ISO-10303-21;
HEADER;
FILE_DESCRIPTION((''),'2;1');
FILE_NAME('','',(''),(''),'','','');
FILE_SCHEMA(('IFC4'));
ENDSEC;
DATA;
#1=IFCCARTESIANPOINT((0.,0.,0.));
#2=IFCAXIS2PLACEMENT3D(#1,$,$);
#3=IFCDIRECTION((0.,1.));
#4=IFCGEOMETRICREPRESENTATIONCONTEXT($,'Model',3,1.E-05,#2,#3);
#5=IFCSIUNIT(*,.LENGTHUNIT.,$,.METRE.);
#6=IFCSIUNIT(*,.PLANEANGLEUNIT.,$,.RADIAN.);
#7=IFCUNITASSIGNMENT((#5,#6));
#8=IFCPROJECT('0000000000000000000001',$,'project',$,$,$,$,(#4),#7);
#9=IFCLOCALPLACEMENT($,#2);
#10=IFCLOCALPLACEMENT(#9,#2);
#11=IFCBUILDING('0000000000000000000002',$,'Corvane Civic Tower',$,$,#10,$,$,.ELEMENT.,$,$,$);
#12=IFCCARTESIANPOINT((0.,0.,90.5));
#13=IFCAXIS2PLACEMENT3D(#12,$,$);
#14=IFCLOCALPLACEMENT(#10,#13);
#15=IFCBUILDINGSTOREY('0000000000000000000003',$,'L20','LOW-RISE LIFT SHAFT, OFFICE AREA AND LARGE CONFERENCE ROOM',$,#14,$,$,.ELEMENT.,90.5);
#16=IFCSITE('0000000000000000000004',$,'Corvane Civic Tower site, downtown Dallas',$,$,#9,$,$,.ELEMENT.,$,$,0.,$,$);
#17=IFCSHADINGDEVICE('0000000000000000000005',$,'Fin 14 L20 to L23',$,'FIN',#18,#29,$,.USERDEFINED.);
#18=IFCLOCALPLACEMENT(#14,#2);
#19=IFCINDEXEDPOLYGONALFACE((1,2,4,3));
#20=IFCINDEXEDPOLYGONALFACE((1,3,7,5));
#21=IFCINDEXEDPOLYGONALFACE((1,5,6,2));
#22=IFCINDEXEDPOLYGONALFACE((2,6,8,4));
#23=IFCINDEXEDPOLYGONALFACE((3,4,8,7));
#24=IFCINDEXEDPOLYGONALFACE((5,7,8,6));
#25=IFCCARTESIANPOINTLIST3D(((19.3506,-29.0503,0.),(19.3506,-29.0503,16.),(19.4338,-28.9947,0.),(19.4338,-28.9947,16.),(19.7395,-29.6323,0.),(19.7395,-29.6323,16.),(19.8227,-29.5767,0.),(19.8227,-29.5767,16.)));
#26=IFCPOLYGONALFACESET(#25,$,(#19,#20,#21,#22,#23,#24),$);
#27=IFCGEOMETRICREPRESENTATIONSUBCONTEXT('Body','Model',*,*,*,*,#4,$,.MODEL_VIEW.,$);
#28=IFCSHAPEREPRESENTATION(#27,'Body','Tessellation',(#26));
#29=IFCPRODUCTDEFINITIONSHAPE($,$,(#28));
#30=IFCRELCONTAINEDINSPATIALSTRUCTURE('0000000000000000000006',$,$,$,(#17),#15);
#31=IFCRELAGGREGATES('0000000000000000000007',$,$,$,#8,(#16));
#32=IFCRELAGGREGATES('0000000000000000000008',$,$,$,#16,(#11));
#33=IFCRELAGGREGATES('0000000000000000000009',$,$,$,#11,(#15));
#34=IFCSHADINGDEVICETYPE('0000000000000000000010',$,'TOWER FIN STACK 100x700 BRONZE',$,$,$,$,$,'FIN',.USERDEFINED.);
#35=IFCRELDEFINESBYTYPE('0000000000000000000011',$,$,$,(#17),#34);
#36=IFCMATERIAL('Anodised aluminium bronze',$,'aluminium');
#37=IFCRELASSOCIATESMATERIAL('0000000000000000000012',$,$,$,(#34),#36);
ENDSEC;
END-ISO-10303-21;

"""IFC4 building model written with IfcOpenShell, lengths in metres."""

from ifc_helpers import new_model, si_unit, direction, frame, origin, origin_2d, place, context, subcontext, project, spatial, rectangle, extrude, material, material_profile, profile_set, type_object, element, save


model = new_model("IFC4")

# Units and contexts
model_context = context("Model", 3, precision=1e-05, world=origin(), true_north=direction((0.0, 1.0)))
body_context = subcontext(model_context, "Body", "Model", "MODEL_VIEW")
ifc_project = project(units=[si_unit("LENGTHUNIT", "METRE"), si_unit("PLANEANGLEUNIT", "RADIAN")], contexts=[model_context])

# Site, building, storey
site_placement = place(None, origin())
site = spatial("IfcSite", under=ifc_project, at=site_placement, Name="Corvane Civic Tower site, downtown Dallas", CompositionType="ELEMENT", RefElevation=0.0)
building_placement = place(site_placement, origin())
building = spatial("IfcBuilding", under=site, at=building_placement, Name="Corvane Civic Tower", CompositionType="ELEMENT")
storey_placement = place(building_placement, frame((0.0, 0.0, 90.5)))
storey = spatial("IfcBuildingStorey", under=building, at=storey_placement, Name="L20", Description="LOW-RISE LIFT SHAFT, OFFICE AREA AND LARGE CONFERENCE ROOM", CompositionType="ELEMENT", Elevation=90.5)

# Shading device
ifc_material_1 = material(Name="Anodised aluminium bronze", Category="aluminium")
ifc_material_profile_1 = material_profile(ifc_material_1, rectangle(XDim=0.1001, YDim=0.7, at=origin_2d()), Name="TOWER FIN STACK 100x700 BRONZE")
ifc_profile_set_1 = profile_set([ifc_material_profile_1], Name="Anodised aluminium bronze")
shading_device_type = type_object("IfcShadingDeviceType", Name="TOWER FIN STACK 100x700 BRONZE", ElementType="FIN", PredefinedType="USERDEFINED", material=ifc_profile_set_1)
for number, where, z_axis, x_axis, name in (
    (1, (19.5867, -29.3135, 0.0), (0.0, 0.0, 1.0), (-0.83147, -0.55557, 0.0), "Fin 14 L20 to L23"),
):
    element("IfcShadingDevice", number, at=place(storey_placement, frame(where, z_axis=z_axis, x_axis=x_axis)), inside=storey, type_object=shading_device_type, Name=name, ObjectType="FIN", PredefinedType="USERDEFINED", context=body_context, shape_type="SweptSolid", body=[
        extrude(rectangle(XDim=0.1001, YDim=0.7, at=origin_2d()), origin(), (0.0, 0.0, 1.0), 16.0),
    ])

save(model, "model.ifc")
